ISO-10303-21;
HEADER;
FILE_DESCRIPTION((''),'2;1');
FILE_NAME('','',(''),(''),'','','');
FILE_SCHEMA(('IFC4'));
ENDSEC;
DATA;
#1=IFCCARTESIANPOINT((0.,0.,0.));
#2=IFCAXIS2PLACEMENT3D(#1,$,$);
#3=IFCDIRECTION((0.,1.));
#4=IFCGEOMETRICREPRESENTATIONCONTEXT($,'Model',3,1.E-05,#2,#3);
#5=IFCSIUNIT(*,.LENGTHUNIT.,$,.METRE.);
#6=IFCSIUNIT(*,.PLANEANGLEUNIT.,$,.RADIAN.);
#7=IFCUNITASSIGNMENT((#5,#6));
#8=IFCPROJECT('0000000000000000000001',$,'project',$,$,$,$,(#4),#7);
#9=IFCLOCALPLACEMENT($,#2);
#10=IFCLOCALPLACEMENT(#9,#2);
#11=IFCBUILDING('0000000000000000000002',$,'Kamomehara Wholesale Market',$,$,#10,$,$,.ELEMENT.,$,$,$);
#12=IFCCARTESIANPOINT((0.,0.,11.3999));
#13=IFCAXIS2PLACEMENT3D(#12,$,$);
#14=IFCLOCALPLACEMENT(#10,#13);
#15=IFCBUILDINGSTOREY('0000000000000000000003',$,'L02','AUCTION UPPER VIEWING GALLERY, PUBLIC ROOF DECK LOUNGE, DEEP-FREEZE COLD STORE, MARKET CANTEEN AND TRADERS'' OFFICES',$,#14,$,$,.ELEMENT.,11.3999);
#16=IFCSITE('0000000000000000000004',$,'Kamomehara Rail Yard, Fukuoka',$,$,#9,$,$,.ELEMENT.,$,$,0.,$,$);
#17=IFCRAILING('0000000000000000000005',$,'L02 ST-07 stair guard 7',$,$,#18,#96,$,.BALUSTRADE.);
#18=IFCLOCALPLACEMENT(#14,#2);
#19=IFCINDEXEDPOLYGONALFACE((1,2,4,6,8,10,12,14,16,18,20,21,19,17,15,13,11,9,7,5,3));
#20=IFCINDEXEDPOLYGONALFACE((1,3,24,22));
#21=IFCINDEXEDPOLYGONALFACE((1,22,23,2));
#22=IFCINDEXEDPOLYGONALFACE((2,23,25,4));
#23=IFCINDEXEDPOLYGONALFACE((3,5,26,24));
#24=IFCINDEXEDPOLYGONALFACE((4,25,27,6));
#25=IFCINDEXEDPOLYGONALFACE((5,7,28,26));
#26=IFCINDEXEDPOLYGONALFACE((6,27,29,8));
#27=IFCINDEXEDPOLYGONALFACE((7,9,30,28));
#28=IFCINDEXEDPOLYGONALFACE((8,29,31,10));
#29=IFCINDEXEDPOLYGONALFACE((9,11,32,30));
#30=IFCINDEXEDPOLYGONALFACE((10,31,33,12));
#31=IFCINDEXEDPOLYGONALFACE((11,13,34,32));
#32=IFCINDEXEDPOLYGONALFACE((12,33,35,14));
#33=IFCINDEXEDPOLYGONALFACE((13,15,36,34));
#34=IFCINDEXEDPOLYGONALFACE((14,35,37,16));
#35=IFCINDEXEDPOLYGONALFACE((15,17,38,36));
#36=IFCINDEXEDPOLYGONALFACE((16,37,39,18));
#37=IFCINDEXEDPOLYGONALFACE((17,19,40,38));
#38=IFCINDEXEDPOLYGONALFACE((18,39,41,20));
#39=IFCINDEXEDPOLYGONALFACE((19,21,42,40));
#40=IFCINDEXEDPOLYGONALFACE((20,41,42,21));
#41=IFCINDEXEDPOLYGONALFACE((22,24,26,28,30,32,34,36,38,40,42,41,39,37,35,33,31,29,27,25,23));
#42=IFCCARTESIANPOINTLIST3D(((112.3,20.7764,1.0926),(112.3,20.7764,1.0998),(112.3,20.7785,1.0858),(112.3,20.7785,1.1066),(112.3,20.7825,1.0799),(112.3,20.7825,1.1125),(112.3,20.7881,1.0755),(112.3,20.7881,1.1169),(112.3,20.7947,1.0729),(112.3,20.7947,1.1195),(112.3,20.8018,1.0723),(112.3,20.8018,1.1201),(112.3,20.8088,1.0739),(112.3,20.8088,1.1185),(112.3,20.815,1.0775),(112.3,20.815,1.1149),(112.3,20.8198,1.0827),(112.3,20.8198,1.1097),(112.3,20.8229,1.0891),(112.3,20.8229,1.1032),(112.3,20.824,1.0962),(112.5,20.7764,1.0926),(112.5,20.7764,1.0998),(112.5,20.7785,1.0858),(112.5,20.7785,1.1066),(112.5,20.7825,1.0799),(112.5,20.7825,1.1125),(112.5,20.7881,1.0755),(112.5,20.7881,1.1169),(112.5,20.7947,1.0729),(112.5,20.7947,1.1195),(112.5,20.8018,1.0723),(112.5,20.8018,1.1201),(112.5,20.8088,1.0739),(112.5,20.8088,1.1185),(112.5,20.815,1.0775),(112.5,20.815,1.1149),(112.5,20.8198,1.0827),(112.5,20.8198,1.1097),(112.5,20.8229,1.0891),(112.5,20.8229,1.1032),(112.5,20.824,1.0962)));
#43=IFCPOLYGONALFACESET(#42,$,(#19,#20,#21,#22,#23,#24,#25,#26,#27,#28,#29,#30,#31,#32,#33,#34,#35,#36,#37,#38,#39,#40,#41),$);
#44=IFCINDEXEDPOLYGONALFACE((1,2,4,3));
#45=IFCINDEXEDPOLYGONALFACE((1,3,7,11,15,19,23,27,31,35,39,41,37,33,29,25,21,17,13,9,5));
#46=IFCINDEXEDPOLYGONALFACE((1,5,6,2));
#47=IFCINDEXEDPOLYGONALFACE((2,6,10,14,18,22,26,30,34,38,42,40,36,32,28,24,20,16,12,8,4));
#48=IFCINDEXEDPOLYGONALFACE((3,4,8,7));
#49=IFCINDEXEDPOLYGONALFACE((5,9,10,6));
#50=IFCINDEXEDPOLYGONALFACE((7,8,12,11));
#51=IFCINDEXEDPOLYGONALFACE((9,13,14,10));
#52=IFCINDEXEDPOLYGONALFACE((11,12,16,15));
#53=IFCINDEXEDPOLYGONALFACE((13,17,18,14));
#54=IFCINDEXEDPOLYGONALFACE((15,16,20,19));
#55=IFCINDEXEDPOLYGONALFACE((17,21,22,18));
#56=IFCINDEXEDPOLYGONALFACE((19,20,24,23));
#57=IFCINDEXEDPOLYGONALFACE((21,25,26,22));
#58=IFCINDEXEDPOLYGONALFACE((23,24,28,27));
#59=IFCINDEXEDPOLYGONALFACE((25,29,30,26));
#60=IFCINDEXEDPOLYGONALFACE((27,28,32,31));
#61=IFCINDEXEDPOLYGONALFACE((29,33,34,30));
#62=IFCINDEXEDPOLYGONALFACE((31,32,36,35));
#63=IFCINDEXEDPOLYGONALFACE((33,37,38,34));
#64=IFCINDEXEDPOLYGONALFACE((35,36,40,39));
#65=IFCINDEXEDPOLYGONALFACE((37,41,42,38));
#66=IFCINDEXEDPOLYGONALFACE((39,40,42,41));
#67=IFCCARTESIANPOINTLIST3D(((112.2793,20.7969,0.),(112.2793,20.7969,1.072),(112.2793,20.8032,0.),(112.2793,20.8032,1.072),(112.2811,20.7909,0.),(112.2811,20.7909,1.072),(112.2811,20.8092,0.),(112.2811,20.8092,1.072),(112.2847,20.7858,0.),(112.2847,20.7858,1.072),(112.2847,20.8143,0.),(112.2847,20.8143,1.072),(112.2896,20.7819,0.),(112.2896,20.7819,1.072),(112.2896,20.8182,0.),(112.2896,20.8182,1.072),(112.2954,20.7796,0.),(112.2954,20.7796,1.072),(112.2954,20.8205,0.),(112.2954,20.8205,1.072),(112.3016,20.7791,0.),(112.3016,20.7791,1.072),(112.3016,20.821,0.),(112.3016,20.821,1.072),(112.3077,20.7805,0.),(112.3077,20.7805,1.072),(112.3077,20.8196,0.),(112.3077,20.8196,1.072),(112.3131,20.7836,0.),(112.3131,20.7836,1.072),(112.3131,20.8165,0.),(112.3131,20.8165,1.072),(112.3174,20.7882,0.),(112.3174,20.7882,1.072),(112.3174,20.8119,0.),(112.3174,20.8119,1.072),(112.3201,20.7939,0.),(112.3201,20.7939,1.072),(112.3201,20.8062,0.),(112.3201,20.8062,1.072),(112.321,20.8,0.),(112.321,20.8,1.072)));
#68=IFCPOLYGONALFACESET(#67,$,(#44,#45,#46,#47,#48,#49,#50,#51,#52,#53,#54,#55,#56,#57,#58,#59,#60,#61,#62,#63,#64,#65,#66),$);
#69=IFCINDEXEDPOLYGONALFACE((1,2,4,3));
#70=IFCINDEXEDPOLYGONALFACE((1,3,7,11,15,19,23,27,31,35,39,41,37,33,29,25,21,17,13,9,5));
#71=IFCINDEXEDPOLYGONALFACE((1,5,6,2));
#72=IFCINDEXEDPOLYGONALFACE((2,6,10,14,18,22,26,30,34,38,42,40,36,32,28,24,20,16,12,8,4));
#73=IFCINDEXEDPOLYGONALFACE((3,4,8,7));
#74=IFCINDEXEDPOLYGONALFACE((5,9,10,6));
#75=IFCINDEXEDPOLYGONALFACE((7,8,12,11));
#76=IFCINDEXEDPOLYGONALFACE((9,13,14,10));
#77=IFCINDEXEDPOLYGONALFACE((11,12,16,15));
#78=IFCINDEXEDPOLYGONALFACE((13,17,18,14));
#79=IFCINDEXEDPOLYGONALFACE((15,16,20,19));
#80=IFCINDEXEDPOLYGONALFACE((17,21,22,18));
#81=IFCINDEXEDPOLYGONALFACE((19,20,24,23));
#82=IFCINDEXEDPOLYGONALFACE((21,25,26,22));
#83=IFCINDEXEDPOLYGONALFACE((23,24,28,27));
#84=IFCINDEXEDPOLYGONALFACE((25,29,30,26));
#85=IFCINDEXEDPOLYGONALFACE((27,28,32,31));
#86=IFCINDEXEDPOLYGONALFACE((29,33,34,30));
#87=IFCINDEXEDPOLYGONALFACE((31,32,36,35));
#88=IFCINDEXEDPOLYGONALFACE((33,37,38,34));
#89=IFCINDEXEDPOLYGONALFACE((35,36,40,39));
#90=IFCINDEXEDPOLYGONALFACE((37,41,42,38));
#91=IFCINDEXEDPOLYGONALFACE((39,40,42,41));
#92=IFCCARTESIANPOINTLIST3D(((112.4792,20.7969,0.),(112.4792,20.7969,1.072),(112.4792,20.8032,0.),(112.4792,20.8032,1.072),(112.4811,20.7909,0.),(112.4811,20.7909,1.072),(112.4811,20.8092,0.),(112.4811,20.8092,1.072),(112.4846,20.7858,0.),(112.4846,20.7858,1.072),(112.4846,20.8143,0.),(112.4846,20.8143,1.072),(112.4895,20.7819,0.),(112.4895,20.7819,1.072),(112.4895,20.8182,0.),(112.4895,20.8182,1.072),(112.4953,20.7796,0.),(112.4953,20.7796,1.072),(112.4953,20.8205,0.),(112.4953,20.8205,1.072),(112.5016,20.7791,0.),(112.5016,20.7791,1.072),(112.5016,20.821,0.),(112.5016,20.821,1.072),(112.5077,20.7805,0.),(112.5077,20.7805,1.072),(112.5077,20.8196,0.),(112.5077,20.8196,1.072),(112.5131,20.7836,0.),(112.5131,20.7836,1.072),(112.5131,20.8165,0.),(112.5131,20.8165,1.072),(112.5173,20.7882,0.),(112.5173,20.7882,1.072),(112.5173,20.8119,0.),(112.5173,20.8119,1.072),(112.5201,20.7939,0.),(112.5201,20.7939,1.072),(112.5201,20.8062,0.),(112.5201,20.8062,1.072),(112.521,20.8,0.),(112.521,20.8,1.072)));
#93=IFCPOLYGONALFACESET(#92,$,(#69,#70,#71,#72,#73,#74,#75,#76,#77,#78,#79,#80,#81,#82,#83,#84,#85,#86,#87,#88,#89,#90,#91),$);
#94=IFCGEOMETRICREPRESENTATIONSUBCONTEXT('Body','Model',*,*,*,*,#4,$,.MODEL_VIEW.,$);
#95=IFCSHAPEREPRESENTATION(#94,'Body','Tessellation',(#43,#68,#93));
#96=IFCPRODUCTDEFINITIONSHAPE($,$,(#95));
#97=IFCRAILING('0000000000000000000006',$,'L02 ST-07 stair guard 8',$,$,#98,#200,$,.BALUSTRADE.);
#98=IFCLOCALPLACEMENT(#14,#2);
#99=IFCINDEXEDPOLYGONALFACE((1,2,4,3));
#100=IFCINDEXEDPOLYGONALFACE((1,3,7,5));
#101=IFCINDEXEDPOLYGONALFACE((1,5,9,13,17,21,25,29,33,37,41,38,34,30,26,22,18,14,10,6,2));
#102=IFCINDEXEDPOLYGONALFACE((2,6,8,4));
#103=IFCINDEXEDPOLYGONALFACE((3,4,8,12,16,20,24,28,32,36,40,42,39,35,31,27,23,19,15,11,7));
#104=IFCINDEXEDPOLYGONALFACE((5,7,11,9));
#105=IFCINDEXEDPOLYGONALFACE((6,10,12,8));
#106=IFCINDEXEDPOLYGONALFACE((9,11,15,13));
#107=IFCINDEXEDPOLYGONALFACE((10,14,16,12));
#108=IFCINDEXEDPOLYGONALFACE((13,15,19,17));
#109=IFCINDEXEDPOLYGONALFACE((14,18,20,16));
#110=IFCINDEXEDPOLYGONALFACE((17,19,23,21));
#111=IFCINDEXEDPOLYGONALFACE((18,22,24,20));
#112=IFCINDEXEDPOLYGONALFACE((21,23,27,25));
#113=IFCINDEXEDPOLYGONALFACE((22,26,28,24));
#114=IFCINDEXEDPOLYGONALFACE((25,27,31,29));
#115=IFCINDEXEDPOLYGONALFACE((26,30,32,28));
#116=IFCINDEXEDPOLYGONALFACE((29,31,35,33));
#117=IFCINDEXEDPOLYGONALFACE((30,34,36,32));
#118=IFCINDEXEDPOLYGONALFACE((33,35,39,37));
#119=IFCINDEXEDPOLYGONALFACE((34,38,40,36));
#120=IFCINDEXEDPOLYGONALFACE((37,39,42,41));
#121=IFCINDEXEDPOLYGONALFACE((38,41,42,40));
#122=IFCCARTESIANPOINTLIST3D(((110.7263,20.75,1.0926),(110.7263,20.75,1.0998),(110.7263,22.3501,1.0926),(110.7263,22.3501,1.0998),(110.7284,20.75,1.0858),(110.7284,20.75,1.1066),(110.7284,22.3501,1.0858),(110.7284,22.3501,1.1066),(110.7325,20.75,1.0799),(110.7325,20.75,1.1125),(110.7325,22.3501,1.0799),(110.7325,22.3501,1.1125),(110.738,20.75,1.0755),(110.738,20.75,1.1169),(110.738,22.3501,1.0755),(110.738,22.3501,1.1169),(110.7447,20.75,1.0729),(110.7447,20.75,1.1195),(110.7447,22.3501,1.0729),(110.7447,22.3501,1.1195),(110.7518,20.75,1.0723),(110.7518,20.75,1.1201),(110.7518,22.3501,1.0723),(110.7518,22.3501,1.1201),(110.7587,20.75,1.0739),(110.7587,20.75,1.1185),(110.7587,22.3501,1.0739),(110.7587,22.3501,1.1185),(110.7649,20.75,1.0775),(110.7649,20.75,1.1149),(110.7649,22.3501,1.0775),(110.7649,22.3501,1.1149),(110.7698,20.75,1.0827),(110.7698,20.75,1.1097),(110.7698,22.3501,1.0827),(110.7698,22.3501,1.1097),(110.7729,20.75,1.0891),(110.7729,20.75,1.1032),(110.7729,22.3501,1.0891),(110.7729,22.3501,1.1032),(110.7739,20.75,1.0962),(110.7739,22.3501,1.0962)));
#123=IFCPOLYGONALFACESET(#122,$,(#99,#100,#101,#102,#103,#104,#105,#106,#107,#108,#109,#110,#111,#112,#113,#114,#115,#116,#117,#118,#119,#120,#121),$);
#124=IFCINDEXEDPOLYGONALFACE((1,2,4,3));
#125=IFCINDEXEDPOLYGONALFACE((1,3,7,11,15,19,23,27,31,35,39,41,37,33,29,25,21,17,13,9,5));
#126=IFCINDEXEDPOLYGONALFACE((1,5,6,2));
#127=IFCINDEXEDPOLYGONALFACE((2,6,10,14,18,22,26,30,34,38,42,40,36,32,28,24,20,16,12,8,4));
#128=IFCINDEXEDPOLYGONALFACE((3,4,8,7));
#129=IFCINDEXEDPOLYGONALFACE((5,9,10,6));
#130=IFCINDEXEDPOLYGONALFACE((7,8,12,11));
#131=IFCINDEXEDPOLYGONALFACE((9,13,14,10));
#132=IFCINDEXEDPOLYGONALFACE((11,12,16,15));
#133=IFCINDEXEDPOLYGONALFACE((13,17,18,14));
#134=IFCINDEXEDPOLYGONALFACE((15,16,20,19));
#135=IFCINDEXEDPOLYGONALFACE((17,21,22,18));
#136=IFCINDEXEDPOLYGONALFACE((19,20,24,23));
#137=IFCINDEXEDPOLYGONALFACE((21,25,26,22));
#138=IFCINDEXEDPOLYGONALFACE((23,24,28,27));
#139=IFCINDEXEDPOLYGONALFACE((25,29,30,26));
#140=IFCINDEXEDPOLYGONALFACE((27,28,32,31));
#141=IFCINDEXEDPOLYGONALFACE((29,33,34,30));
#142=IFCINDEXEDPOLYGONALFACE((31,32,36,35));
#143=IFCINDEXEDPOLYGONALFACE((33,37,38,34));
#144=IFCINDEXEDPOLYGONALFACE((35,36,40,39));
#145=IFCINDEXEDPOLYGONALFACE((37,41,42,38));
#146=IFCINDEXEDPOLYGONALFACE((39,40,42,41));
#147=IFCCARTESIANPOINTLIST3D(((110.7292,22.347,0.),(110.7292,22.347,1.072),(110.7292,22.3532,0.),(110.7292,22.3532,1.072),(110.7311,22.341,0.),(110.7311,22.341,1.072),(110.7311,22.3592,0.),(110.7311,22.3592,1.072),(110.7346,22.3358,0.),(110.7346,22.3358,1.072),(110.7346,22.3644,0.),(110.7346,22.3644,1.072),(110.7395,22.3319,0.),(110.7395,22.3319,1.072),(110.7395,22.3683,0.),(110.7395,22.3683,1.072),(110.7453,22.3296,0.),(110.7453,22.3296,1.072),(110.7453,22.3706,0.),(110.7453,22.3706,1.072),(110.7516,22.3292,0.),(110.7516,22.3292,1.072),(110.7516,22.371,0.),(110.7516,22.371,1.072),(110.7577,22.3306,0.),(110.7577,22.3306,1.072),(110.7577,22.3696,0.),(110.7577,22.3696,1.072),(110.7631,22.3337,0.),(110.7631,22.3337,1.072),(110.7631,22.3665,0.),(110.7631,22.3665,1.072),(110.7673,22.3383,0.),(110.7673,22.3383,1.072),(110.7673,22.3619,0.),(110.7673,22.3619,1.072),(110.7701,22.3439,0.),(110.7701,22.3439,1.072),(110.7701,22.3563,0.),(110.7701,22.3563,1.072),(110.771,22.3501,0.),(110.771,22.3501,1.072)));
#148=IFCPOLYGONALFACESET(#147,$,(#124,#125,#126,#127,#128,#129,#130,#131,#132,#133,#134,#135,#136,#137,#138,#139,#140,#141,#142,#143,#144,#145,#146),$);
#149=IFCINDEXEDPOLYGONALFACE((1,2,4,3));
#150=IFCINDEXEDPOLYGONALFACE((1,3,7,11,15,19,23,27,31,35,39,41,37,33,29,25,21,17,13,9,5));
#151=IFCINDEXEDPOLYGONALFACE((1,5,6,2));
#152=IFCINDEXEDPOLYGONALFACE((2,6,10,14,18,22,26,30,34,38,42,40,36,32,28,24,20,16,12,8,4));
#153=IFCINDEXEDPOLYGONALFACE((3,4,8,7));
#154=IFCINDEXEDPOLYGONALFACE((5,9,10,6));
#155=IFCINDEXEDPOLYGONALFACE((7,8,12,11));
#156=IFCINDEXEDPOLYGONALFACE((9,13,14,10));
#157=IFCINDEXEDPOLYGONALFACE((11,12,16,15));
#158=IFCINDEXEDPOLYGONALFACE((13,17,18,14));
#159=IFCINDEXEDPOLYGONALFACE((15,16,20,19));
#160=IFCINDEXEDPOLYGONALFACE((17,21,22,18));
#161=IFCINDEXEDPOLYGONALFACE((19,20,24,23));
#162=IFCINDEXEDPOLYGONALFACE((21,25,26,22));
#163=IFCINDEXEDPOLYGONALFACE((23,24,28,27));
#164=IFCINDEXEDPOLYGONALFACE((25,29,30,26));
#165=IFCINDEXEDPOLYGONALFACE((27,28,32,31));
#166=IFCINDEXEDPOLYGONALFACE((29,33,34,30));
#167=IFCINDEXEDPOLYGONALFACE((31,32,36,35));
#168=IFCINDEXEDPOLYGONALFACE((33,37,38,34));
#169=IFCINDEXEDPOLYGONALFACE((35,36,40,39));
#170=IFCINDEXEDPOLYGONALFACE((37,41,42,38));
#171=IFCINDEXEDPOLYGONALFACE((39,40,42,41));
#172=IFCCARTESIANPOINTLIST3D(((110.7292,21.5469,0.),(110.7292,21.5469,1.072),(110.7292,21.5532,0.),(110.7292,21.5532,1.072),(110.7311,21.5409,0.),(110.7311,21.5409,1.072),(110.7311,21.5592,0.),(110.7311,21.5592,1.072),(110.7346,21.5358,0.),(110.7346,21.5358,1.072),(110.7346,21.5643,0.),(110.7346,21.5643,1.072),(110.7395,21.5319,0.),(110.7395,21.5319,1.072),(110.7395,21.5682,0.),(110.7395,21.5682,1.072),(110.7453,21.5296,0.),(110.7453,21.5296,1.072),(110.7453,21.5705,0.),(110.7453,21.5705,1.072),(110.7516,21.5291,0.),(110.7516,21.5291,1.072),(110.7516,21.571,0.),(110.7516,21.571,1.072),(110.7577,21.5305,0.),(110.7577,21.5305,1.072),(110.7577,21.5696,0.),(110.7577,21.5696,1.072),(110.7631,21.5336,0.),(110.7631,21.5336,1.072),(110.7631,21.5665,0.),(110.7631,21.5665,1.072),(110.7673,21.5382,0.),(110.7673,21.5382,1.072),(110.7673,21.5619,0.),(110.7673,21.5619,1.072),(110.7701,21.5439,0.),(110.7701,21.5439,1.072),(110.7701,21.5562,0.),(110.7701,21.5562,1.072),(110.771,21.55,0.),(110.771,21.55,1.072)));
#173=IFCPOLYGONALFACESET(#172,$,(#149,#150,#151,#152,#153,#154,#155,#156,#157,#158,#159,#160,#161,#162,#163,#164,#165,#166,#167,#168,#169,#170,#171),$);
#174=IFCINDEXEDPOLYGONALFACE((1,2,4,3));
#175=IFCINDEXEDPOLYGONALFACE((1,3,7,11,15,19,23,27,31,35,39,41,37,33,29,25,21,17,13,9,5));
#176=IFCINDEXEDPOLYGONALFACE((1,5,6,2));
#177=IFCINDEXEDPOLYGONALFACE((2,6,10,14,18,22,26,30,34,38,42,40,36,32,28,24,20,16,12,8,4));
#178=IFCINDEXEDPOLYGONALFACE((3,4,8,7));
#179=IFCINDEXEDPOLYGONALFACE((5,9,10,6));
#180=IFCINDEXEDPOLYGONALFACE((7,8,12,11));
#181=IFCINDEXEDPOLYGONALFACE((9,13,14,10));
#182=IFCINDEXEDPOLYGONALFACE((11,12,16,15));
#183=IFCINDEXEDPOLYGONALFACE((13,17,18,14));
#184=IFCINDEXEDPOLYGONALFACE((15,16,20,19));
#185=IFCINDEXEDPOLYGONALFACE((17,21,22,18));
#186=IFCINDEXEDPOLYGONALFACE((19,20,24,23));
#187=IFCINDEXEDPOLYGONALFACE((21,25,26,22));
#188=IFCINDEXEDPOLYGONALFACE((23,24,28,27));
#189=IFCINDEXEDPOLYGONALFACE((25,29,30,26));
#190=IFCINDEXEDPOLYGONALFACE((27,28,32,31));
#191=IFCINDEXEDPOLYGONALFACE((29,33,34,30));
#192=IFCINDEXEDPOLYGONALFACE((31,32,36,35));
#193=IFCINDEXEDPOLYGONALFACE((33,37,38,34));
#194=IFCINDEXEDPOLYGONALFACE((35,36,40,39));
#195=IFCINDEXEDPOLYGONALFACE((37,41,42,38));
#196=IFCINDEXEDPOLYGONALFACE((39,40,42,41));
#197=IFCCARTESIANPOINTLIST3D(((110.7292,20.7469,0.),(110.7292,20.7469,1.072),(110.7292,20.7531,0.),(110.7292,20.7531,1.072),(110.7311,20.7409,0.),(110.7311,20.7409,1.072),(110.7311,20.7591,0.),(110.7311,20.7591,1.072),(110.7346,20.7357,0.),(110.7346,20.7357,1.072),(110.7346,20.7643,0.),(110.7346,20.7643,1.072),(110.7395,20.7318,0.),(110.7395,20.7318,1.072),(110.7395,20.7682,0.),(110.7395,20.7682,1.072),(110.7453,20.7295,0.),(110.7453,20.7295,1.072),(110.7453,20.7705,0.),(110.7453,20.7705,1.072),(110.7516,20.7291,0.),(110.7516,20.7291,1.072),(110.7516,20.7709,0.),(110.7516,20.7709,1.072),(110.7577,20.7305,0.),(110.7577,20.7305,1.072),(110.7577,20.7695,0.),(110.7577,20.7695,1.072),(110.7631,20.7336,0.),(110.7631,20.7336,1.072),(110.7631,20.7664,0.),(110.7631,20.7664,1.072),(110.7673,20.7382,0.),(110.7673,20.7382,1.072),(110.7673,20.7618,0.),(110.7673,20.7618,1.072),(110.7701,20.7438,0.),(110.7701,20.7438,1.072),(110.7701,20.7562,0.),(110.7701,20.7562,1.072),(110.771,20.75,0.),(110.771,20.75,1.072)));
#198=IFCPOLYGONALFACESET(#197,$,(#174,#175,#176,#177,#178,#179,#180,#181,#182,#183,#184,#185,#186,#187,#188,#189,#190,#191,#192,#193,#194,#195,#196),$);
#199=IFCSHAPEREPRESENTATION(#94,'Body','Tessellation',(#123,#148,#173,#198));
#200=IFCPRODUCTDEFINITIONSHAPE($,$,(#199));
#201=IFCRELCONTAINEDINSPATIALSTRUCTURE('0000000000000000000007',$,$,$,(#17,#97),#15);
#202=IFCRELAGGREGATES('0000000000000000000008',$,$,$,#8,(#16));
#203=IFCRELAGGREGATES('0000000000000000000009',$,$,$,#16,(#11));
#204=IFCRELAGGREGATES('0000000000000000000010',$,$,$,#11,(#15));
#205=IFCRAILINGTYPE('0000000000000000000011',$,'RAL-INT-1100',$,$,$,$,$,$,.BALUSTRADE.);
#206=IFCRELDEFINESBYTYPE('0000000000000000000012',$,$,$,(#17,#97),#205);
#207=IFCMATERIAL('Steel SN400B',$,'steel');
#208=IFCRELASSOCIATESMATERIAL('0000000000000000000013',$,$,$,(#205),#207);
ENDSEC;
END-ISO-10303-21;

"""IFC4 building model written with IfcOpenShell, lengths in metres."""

from ifc_helpers import new_model, si_unit, direction, frame, origin, origin_2d, place, context, subcontext, project, spatial, circle, extrude, material, type_object, element, save


model = new_model("IFC4")

# Units and contexts
model_context = context("Model", 3, precision=1e-05, world=origin(), true_north=direction((0.0, 1.0)))
body_context = subcontext(model_context, "Body", "Model", "MODEL_VIEW")
ifc_project = project(units=[si_unit("LENGTHUNIT", "METRE"), si_unit("PLANEANGLEUNIT", "RADIAN")], contexts=[model_context])

# Site, building, storey
site_placement = place(None, origin())
site = spatial("IfcSite", under=ifc_project, at=site_placement, Name="Kamomehara Rail Yard, Fukuoka", CompositionType="ELEMENT", RefElevation=0.0)
building_placement = place(site_placement, origin())
building = spatial("IfcBuilding", under=site, at=building_placement, Name="Kamomehara Wholesale Market", CompositionType="ELEMENT")
storey_placement = place(building_placement, frame((0.0, 0.0, 11.3999)))
storey = spatial("IfcBuildingStorey", under=building, at=storey_placement, Name="L02", Description="AUCTION UPPER VIEWING GALLERY, PUBLIC ROOF DECK LOUNGE, DEEP-FREEZE COLD STORE, MARKET CANTEEN AND TRADERS' OFFICES", CompositionType="ELEMENT", Elevation=11.3999)

# Railings
ifc_material_1 = material(Name="Steel SN400B", Category="steel")
railing_type_1 = type_object("IfcRailingType", Name="RAL-INT-1100", PredefinedType="BALUSTRADE", material=ifc_material_1)
railing_1_placement = place(storey_placement, frame((112.3, 20.8, 0.0)))
element("IfcRailing", 1, at=railing_1_placement, inside=storey, type_object=railing_type_1, Name="L02 ST-07 stair guard 7", PredefinedType="BALUSTRADE", context=body_context, shape_type="SweptSolid", body=[
    extrude(circle(Radius=0.0239, at=origin_2d()), frame((0.0, 0.0, 1.0962), z_axis=(1.0, 0.0, 0.0), x_axis=(0.0, 1.0, 0.0)), (0.0, 0.0, 1.0), 0.2),
    extrude(circle(Radius=0.021, at=origin_2d()), origin(), (0.0, 0.0, 1.0), 1.072),
    extrude(circle(Radius=0.021, at=origin_2d()), frame((0.2, 0.0, 0.0)), (0.0, 0.0, 1.0), 1.072),
])
railing_2_placement = place(storey_placement, frame((110.75, 22.3501, 0.0)))
element("IfcRailing", 2, at=railing_2_placement, inside=storey, type_object=railing_type_1, Name="L02 ST-07 stair guard 8", PredefinedType="BALUSTRADE", context=body_context, shape_type="SweptSolid", body=[
    extrude(circle(Radius=0.0239, at=origin_2d()), frame((0.0, 0.0, 1.0962), z_axis=(0.0, -1.0, 0.0), x_axis=(1.0, 0.0, 0.0)), (0.0, 0.0, 1.0), 1.6001),
    extrude(circle(Radius=0.021, at=origin_2d()), origin(), (0.0, 0.0, 1.0), 1.072),
    extrude(circle(Radius=0.021, at=origin_2d()), frame((0.0, -0.8, 0.0)), (0.0, 0.0, 1.0), 1.072),
    extrude(circle(Radius=0.021, at=origin_2d()), frame((0.0, -1.6001, 0.0)), (0.0, 0.0, 1.0), 1.072),
])

save(model, "model.ifc")
